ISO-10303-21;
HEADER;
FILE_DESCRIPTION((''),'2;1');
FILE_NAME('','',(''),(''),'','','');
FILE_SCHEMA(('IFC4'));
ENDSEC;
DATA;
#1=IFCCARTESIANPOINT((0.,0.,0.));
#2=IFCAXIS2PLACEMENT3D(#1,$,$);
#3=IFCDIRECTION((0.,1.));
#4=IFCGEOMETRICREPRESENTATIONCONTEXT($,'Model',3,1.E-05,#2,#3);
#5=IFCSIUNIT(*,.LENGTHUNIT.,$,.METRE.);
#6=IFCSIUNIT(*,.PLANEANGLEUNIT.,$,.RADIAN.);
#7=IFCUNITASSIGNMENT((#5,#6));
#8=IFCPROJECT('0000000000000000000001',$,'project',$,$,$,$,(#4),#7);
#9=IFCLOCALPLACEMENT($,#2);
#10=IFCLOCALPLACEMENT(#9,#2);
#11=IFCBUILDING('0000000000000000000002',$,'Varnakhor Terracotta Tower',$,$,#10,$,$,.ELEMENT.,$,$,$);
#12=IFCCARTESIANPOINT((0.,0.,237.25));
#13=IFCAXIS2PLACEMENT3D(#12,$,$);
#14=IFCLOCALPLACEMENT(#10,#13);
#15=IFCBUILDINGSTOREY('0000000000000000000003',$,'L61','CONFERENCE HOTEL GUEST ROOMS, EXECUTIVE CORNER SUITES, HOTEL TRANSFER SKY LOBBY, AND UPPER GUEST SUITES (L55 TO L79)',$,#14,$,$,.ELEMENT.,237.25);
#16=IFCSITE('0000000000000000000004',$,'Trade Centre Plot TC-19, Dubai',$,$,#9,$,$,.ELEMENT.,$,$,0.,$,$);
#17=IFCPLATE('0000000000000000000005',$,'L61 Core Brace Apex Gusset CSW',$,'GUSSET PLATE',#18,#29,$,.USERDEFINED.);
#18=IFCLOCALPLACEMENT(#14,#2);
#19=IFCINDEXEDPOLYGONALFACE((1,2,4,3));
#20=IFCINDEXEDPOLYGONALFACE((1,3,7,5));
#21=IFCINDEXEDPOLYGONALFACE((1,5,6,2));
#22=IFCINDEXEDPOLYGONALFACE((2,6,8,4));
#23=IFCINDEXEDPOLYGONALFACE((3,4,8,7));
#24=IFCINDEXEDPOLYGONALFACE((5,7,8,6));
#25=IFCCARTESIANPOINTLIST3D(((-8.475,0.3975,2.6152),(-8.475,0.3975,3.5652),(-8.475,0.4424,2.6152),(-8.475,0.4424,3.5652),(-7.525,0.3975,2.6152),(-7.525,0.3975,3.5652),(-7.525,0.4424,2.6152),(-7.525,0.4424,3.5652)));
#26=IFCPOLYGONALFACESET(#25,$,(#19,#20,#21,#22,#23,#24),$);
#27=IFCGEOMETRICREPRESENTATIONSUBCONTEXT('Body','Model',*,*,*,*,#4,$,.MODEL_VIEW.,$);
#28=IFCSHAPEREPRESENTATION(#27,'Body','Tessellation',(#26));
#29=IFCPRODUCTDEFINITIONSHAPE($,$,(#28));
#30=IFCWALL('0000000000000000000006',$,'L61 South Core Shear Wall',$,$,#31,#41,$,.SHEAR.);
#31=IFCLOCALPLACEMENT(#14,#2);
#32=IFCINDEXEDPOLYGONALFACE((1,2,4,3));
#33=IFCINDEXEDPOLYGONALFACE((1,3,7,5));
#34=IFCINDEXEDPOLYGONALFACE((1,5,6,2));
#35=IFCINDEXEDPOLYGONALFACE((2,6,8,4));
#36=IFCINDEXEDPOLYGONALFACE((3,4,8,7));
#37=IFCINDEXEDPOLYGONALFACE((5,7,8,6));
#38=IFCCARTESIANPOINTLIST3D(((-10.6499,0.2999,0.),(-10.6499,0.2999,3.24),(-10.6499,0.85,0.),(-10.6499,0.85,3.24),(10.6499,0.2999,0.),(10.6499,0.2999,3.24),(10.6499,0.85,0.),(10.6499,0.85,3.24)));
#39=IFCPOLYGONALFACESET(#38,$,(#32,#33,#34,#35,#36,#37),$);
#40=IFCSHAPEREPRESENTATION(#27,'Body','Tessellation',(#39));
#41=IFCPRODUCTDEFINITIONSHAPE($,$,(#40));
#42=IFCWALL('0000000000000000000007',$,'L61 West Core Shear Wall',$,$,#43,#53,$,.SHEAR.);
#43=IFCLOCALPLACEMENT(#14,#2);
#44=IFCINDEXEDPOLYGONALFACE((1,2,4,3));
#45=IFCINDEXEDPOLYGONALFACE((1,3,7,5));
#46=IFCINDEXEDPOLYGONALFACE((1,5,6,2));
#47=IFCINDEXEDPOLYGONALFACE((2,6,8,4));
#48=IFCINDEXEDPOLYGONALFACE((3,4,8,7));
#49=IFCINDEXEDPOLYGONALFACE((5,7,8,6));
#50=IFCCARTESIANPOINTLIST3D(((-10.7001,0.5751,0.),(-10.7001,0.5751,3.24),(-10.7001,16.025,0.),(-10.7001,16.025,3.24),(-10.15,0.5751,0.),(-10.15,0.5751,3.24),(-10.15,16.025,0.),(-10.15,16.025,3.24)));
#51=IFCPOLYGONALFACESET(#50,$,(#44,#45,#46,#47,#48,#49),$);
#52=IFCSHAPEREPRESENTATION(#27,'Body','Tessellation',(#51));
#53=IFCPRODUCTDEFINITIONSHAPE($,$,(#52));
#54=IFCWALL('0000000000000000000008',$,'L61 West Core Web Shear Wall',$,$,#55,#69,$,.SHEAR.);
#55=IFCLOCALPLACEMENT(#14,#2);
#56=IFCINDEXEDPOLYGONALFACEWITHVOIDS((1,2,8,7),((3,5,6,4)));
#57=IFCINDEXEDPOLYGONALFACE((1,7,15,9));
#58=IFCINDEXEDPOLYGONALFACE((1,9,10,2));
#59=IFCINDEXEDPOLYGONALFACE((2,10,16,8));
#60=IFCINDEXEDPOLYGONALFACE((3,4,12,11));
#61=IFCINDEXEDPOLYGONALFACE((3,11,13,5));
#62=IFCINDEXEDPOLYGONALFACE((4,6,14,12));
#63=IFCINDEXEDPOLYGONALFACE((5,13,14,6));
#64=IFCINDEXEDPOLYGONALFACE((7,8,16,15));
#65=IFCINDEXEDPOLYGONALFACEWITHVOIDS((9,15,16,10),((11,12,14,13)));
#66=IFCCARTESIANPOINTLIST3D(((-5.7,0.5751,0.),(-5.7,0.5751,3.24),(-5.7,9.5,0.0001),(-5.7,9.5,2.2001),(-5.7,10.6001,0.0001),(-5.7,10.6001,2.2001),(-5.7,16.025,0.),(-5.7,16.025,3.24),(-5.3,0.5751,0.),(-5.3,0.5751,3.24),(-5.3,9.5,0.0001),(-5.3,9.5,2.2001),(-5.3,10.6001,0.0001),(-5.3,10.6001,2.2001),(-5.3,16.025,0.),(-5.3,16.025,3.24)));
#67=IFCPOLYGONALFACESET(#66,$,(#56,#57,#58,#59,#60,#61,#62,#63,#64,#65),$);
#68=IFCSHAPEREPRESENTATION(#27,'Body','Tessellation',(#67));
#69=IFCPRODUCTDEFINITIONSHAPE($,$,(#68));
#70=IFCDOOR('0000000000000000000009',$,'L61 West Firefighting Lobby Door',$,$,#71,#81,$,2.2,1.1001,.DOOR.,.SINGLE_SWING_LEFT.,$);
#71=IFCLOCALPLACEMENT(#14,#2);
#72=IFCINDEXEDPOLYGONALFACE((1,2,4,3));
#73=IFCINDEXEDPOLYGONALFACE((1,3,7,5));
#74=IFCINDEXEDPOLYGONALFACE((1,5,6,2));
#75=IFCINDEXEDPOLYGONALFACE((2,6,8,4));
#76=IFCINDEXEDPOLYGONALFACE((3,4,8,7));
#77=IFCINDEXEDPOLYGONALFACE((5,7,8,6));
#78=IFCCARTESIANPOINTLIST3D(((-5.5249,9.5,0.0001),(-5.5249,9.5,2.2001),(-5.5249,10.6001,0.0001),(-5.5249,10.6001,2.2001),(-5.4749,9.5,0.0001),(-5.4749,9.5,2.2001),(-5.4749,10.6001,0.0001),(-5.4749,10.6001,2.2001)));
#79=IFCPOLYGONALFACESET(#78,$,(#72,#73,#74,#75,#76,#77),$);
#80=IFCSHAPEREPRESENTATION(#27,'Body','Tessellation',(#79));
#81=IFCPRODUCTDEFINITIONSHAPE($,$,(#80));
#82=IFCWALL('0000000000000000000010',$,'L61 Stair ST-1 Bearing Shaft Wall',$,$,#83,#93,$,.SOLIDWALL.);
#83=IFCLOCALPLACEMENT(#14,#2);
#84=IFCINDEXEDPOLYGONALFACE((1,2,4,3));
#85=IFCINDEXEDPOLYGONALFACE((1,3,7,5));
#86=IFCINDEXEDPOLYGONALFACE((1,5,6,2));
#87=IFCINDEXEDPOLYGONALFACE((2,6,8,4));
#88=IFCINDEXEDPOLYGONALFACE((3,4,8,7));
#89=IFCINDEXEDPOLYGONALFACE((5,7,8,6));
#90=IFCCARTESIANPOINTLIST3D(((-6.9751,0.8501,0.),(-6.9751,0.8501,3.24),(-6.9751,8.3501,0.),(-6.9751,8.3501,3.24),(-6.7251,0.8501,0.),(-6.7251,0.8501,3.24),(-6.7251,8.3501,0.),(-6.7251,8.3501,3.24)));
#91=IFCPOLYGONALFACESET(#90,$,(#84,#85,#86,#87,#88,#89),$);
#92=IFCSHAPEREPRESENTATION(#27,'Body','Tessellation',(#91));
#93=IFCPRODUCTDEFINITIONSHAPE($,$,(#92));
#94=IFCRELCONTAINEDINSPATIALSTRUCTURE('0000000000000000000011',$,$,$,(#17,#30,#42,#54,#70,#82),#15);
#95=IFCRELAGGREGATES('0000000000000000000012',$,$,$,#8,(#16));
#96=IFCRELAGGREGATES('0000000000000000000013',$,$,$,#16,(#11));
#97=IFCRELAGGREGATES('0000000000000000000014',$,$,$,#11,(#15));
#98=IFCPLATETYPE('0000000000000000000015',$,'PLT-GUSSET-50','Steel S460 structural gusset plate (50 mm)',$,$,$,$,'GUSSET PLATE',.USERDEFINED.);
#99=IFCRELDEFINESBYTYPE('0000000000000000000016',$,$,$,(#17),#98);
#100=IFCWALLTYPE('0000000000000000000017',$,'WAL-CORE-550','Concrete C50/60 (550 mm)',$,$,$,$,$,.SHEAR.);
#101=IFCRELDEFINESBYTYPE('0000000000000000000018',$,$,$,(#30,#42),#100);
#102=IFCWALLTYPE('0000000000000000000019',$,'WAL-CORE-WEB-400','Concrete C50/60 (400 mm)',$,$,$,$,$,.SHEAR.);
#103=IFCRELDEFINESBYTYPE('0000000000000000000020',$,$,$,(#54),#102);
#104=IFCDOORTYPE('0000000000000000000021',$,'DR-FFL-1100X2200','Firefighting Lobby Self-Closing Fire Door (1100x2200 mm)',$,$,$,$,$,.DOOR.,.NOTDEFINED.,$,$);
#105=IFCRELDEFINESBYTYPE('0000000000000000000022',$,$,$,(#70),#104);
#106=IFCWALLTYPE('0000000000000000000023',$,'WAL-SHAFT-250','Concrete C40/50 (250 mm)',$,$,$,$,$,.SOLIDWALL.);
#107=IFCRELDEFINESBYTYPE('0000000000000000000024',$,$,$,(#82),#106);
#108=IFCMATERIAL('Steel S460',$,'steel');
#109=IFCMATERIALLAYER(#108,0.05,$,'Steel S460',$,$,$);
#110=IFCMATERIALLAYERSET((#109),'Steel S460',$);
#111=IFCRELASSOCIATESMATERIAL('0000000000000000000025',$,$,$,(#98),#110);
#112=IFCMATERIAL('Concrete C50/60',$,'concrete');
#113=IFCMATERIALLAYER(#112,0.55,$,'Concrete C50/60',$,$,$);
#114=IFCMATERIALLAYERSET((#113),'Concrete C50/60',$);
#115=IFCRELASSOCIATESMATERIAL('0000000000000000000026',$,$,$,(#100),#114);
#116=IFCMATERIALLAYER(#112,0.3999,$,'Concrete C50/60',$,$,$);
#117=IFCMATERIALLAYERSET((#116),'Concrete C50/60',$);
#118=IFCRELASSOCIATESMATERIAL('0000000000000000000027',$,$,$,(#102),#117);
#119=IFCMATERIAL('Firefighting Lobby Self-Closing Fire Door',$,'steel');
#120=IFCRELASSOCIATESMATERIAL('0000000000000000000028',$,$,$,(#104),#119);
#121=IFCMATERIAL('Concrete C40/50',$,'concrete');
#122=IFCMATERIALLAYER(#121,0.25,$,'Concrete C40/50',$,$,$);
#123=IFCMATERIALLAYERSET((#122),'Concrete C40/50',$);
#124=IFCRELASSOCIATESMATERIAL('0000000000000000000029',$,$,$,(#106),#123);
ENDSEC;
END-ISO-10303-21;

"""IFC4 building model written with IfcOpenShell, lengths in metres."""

from ifc_helpers import new_model, si_unit, direction, frame, frame_2d, origin, origin_2d, place, context, subcontext, project, spatial, rectangle, extrude, source, transform, mapped, material, layer, layer_set, type_object, type_shapes, element, fill, save


model = new_model("IFC4")

# Units and contexts
model_context = context("Model", 3, precision=1e-05, world=origin(), true_north=direction((0.0, 1.0)))
body_context = subcontext(model_context, "Body", "Model", "MODEL_VIEW")
ifc_project = project(units=[si_unit("LENGTHUNIT", "METRE"), si_unit("PLANEANGLEUNIT", "RADIAN")], contexts=[model_context])

# Site, building, storey
site_placement = place(None, origin())
site = spatial("IfcSite", under=ifc_project, at=site_placement, Name="Trade Centre Plot TC-19, Dubai", CompositionType="ELEMENT", RefElevation=0.0)
building_placement = place(site_placement, origin())
building = spatial("IfcBuilding", under=site, at=building_placement, Name="Varnakhor Terracotta Tower", CompositionType="ELEMENT")
storey_placement = place(building_placement, frame((0.0, 0.0, 237.25)))
storey = spatial("IfcBuildingStorey", under=building, at=storey_placement, Name="L61", Description="CONFERENCE HOTEL GUEST ROOMS, EXECUTIVE CORNER SUITES, HOTEL TRANSFER SKY LOBBY, AND UPPER GUEST SUITES (L55 TO L79)", CompositionType="ELEMENT", Elevation=237.25)

# Shared definitions
ifc_material_1 = material(Name="Concrete C50/60", Category="concrete")

# Plate
ifc_material_2 = material(Name="Steel S460", Category="steel")
ifc_layer_1 = layer(ifc_material_2, 0.05, Name="Steel S460")
ifc_layer_set_1 = layer_set([ifc_layer_1], Name="Steel S460")
plate_type = type_object("IfcPlateType", Name="PLT-GUSSET-50", Description="Steel S460 structural gusset plate (50 mm)", ElementType="GUSSET PLATE", PredefinedType="USERDEFINED", material=ifc_layer_set_1)
shared_shape_1 = source(origin(), body_context, "Body", "SweptSolid", [
    extrude(rectangle(XDim=0.95, YDim=0.0449, at=origin_2d()), origin(), (0.0, 0.0, 1.0), 0.95),
])
plate_placement = place(storey_placement, frame((-8.0, 0.4199, 2.6152), z_axis=(0.0, 0.0, 1.0), x_axis=(1.0, 0.0, 0.0)))
element("IfcPlate", 1, at=plate_placement, inside=storey, type_object=plate_type, Name="L61 Core Brace Apex Gusset CSW", ObjectType="GUSSET PLATE", PredefinedType="USERDEFINED", context=body_context, shape_type="MappedRepresentation", body=[
    mapped(shared_shape_1, transform((0.0, 0.0, 0.0), scale=1.0)),
])

# Walls
ifc_layer_2 = layer(ifc_material_1, 0.55, Name="Concrete C50/60")
ifc_layer_set_2 = layer_set([ifc_layer_2], Name="Concrete C50/60")
wall_type_1 = type_object("IfcWallType", Name="WAL-CORE-550", Description="Concrete C50/60 (550 mm)", PredefinedType="SHEAR", material=ifc_layer_set_2)
wall_1_placement = place(storey_placement, frame((-10.6499, 0.575, 0.0), z_axis=(0.0, 0.0, 1.0), x_axis=(1.0, 0.0, 0.0)))
element("IfcWall", 2, at=wall_1_placement, inside=storey, type_object=wall_type_1, Name="L61 South Core Shear Wall", PredefinedType="SHEAR", context=body_context, shape_type="SweptSolid", body=[
    extrude(rectangle(XDim=21.2998, YDim=0.55, at=frame_2d((10.6499, 0.0))), origin(), (0.0, 0.0, 1.0), 3.24),
])
wall_2_placement = place(storey_placement, frame((-10.425, 0.575, 0.0), z_axis=(0.0, 0.0, 1.0), x_axis=(0.0, 1.0, 0.0)))
element("IfcWall", 3, at=wall_2_placement, inside=storey, type_object=wall_type_1, Name="L61 West Core Shear Wall", PredefinedType="SHEAR", context=body_context, shape_type="SweptSolid", body=[
    extrude(rectangle(XDim=15.45, YDim=0.55, at=frame_2d((7.7251, 0.0))), origin(), (0.0, 0.0, 1.0), 3.24),
])

# Wall, opening, door
ifc_layer_3 = layer(ifc_material_1, 0.3999, Name="Concrete C50/60")
ifc_layer_set_3 = layer_set([ifc_layer_3], Name="Concrete C50/60")
wall_type_2 = type_object("IfcWallType", Name="WAL-CORE-WEB-400", Description="Concrete C50/60 (400 mm)", PredefinedType="SHEAR", material=ifc_layer_set_3)
wall_3_placement = place(storey_placement, frame((-5.5, 0.575, 0.0), z_axis=(0.0, 0.0, 1.0), x_axis=(0.0, 1.0, 0.0)))
wall_3 = element("IfcWall", 4, at=wall_3_placement, inside=storey, type_object=wall_type_2, Name="L61 West Core Web Shear Wall", PredefinedType="SHEAR", context=body_context, shape_type="SweptSolid", body=[
    extrude(rectangle(XDim=15.45, YDim=0.3999, at=frame_2d((7.7251, 0.0))), origin(), (0.0, 0.0, 1.0), 3.24),
])
opening_placement = place(wall_3_placement, frame((8.925, 0.0, 0.0)))
opening = element("IfcOpeningElement", 5, at=opening_placement, cuts=wall_3, PredefinedType="OPENING", context=body_context, shape_type="SweptSolid", body=[
    extrude(rectangle(XDim=1.1001, YDim=2.2, at=frame_2d((0.55, 1.1001))), frame((0.0, 0.21, 0.0), z_axis=(0.0, -1.0, 0.0), x_axis=(1.0, 0.0, 0.0)), (0.0, 0.0, 1.0), 0.4199),
])
ifc_material_3 = material(Name="Firefighting Lobby Self-Closing Fire Door", Category="steel")
door_type = type_object("IfcDoorType", Name="DR-FFL-1100X2200", Description="Firefighting Lobby Self-Closing Fire Door (1100x2200 mm)", OperationType="NOTDEFINED", PredefinedType="DOOR", material=ifc_material_3)
shared_shape_2 = source(origin(), body_context, "Body", "SweptSolid", [
    extrude(rectangle(XDim=1.1001, YDim=2.2, at=frame_2d((0.55, 1.1001))), frame((0.0, 0.0249, 0.0), z_axis=(0.0, -1.0, 0.0), x_axis=(1.0, 0.0, 0.0)), (0.0, 0.0, 1.0), 0.05),
])
type_shapes(door_type, [shared_shape_2])
door_placement = place(opening_placement, origin())
door = element("IfcDoor", 6, at=door_placement, inside=storey, type_object=door_type, Name="L61 West Firefighting Lobby Door", OperationType="SINGLE_SWING_LEFT", OverallHeight=2.2, OverallWidth=1.1001, PredefinedType="DOOR", context=body_context, shape_type="MappedRepresentation", body=[
    mapped(shared_shape_2, transform((0.0, 0.0, 0.0), scale=1.0)),
])
fill(opening, door)

# Wall
ifc_material_4 = material(Name="Concrete C40/50", Category="concrete")
ifc_layer_4 = layer(ifc_material_4, 0.25, Name="Concrete C40/50")
ifc_layer_set_4 = layer_set([ifc_layer_4], Name="Concrete C40/50")
wall_type_3 = type_object("IfcWallType", Name="WAL-SHAFT-250", Description="Concrete C40/50 (250 mm)", PredefinedType="SOLIDWALL", material=ifc_layer_set_4)
wall_4_placement = place(storey_placement, frame((-6.8501, 0.8501, 0.0), z_axis=(0.0, 0.0, 1.0), x_axis=(0.0, 1.0, 0.0)))
element("IfcWall", 7, at=wall_4_placement, inside=storey, type_object=wall_type_3, Name="L61 Stair ST-1 Bearing Shaft Wall", PredefinedType="SOLIDWALL", context=body_context, shape_type="SweptSolid", body=[
    extrude(rectangle(XDim=7.5, YDim=0.25, at=frame_2d((3.75, 0.0))), origin(), (0.0, 0.0, 1.0), 3.24),
])

save(model, "model.ifc")
